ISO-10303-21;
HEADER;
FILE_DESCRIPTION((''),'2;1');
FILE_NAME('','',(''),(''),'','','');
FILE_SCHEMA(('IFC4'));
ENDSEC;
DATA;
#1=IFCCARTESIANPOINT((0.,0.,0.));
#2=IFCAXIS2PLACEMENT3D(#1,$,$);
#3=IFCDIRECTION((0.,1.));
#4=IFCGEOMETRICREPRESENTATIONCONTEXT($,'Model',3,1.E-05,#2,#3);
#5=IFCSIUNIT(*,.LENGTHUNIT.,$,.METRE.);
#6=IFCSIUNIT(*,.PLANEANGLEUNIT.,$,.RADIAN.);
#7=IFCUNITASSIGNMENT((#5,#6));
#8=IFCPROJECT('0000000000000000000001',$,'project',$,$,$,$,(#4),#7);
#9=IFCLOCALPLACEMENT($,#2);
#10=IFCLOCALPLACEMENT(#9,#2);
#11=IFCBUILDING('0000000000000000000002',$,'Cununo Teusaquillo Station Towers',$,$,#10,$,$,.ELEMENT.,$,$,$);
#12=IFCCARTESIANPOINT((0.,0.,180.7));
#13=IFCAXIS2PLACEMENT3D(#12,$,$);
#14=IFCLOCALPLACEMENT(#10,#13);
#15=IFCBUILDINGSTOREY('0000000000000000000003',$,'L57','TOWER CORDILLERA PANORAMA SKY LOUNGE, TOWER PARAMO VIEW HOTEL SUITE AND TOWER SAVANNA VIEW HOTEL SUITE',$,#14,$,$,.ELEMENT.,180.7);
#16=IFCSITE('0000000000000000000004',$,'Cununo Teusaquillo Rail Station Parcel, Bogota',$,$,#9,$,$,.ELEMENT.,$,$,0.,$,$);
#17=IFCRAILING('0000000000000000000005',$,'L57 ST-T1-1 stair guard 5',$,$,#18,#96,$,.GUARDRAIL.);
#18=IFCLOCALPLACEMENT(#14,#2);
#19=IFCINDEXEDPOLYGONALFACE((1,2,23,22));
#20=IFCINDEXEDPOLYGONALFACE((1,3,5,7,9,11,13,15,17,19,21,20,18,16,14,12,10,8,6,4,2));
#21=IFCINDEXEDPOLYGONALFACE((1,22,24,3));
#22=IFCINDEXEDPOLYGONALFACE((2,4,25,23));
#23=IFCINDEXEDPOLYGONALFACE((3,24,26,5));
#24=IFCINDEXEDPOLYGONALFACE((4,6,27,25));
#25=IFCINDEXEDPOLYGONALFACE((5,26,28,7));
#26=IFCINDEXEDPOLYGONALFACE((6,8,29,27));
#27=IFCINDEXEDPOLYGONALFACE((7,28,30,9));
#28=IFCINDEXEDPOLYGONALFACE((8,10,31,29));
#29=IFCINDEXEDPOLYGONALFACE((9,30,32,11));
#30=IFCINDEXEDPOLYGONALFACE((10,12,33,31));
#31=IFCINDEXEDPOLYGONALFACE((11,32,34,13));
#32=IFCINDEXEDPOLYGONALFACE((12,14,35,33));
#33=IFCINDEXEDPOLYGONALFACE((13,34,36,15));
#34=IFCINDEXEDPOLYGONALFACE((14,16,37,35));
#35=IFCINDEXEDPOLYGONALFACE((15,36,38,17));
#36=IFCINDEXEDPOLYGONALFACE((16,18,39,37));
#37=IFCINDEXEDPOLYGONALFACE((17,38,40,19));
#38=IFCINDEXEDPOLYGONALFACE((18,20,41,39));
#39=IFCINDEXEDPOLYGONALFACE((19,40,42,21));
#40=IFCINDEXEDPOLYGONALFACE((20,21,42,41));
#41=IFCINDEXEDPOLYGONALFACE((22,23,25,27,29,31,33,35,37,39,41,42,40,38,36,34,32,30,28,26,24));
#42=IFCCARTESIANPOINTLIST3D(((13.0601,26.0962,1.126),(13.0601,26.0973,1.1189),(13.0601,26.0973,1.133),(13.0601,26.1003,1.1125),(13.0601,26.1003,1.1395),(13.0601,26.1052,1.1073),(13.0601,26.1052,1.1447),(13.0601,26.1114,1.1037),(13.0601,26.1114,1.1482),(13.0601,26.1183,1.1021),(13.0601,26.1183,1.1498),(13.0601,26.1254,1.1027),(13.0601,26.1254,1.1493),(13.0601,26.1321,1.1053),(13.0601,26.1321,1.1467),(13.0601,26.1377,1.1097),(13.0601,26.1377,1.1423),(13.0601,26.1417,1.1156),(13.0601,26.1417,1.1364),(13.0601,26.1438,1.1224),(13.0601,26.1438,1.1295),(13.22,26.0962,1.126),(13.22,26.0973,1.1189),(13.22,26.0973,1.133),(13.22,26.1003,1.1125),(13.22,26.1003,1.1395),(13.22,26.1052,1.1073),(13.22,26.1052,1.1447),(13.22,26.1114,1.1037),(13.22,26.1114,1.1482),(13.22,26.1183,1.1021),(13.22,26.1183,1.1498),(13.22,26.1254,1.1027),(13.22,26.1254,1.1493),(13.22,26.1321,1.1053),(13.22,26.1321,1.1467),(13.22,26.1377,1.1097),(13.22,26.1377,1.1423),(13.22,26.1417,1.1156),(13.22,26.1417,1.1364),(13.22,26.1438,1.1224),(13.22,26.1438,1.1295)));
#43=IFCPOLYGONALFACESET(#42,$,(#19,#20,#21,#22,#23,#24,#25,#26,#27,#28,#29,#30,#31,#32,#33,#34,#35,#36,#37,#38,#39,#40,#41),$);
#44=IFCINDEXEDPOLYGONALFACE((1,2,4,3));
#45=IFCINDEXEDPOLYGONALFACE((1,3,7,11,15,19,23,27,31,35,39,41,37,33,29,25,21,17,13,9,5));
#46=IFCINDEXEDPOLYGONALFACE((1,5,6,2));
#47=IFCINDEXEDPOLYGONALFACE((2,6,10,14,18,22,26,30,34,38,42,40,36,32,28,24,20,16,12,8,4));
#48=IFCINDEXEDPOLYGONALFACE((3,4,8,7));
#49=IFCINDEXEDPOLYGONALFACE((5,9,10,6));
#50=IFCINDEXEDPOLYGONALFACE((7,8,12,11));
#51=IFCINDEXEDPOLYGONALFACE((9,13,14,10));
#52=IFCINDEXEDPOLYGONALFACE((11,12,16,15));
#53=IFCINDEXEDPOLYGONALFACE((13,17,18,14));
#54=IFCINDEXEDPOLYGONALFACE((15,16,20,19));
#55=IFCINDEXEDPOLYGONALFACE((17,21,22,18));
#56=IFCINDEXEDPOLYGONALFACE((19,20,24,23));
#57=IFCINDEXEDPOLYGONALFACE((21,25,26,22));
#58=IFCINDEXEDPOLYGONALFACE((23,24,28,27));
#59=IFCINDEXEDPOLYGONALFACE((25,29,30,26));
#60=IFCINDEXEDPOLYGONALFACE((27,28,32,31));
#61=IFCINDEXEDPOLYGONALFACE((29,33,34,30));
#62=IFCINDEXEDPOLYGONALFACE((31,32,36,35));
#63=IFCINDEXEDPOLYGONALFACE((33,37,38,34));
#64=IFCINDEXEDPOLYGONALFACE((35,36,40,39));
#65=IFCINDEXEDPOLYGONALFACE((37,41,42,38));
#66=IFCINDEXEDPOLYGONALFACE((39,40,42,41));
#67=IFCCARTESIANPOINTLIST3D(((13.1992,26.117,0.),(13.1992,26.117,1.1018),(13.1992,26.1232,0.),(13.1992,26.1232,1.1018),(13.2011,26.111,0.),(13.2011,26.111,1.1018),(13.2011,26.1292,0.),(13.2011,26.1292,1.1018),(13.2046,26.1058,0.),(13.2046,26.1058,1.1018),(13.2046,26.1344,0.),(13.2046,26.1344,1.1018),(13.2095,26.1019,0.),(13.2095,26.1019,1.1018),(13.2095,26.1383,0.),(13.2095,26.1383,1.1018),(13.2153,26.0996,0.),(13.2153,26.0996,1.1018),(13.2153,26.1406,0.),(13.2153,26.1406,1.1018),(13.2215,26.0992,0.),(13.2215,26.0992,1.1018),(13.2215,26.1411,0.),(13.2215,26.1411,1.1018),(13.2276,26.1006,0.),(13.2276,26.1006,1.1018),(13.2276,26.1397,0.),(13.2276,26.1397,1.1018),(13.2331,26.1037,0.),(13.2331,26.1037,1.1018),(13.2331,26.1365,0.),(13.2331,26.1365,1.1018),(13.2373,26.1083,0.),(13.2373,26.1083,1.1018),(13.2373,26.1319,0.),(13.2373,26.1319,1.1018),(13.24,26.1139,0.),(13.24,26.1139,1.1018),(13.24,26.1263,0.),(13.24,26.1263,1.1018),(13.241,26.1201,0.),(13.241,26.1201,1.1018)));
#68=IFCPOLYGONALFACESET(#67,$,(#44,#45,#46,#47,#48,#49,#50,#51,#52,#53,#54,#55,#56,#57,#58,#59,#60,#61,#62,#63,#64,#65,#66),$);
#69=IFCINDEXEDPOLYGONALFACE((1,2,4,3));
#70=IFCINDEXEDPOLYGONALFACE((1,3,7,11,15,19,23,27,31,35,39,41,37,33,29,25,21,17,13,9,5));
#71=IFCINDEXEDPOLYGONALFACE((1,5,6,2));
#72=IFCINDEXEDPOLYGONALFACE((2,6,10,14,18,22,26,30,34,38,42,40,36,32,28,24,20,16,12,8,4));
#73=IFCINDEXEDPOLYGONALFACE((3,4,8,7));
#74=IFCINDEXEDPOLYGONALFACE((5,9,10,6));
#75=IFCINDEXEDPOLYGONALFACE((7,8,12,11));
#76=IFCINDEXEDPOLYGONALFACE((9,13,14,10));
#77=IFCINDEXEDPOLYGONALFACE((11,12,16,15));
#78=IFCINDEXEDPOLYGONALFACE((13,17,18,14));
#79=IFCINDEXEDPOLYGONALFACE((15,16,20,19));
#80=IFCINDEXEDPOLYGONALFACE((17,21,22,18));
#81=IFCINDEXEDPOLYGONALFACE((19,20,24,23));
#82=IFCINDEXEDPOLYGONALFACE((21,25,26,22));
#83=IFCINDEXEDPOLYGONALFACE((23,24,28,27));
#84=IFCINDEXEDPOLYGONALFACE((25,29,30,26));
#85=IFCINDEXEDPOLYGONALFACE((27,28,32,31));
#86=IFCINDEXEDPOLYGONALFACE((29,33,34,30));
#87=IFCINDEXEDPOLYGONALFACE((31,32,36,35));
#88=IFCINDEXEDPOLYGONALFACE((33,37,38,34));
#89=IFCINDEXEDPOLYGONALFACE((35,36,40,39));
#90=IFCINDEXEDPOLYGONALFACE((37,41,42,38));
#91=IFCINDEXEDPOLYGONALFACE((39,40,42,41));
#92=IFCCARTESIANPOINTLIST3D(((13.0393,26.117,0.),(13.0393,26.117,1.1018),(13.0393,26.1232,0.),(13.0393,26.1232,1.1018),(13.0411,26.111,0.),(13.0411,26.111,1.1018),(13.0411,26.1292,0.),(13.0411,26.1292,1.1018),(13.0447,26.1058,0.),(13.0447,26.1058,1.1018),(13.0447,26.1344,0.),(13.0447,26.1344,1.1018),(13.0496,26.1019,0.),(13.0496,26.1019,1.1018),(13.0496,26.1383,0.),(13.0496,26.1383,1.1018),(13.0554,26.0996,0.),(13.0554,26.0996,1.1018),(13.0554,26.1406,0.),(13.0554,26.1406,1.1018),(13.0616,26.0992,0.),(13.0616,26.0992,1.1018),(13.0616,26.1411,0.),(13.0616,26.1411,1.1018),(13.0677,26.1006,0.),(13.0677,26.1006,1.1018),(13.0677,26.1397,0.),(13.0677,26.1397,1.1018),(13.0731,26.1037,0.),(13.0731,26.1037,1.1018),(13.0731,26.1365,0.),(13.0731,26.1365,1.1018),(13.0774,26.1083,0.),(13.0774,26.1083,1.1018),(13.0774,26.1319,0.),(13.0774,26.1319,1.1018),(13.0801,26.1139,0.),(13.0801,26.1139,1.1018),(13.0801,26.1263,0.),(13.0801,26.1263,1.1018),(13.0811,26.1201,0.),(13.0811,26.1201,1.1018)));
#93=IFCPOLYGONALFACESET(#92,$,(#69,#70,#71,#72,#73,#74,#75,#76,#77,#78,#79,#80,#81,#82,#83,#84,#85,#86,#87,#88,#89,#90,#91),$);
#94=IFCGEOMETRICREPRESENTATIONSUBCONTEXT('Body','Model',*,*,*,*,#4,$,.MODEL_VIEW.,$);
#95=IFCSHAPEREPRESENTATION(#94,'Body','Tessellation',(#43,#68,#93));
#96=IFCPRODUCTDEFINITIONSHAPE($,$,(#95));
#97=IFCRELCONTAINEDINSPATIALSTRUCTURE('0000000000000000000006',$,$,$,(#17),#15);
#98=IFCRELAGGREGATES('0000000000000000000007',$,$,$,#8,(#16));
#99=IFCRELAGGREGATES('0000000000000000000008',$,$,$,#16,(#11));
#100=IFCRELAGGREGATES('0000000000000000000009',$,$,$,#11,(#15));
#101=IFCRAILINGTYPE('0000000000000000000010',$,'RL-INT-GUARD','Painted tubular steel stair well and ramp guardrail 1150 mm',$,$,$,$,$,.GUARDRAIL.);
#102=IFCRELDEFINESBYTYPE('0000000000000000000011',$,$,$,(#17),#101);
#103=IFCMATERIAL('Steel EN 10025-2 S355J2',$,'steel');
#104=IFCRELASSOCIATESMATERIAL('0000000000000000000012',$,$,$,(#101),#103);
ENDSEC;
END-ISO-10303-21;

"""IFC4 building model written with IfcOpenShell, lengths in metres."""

from ifc_helpers import new_model, si_unit, direction, frame, origin, origin_2d, place, context, subcontext, project, spatial, circle, extrude, material, type_object, element, save


model = new_model("IFC4")

# Units and contexts
model_context = context("Model", 3, precision=1e-05, world=origin(), true_north=direction((0.0, 1.0)))
body_context = subcontext(model_context, "Body", "Model", "MODEL_VIEW")
ifc_project = project(units=[si_unit("LENGTHUNIT", "METRE"), si_unit("PLANEANGLEUNIT", "RADIAN")], contexts=[model_context])

# Site, building, storey
site_placement = place(None, origin())
site = spatial("IfcSite", under=ifc_project, at=site_placement, Name="Cununo Teusaquillo Rail Station Parcel, Bogota", CompositionType="ELEMENT", RefElevation=0.0)
building_placement = place(site_placement, origin())
building = spatial("IfcBuilding", under=site, at=building_placement, Name="Cununo Teusaquillo Station Towers", CompositionType="ELEMENT")
storey_placement = place(building_placement, frame((0.0, 0.0, 180.7)))
storey = spatial("IfcBuildingStorey", under=building, at=storey_placement, Name="L57", Description="TOWER CORDILLERA PANORAMA SKY LOUNGE, TOWER PARAMO VIEW HOTEL SUITE AND TOWER SAVANNA VIEW HOTEL SUITE", CompositionType="ELEMENT", Elevation=180.7)

# Railing
ifc_material_1 = material(Name="Steel EN 10025-2 S355J2", Category="steel")
railing_type_1 = type_object("IfcRailingType", Name="RL-INT-GUARD", Description="Painted tubular steel stair well and ramp guardrail 1150 mm", PredefinedType="GUARDRAIL", material=ifc_material_1)
railing_1_placement = place(storey_placement, frame((13.22, 26.1201, 0.0)))
element("IfcRailing", 1, at=railing_1_placement, inside=storey, type_object=railing_type_1, Name="L57 ST-T1-1 stair guard 5", PredefinedType="GUARDRAIL", context=body_context, shape_type="SweptSolid", body=[
    extrude(circle(Radius=0.0239, at=origin_2d()), frame((0.0, 0.0, 1.126), z_axis=(-1.0, 0.0, 0.0), x_axis=(0.0, -1.0, 0.0)), (0.0, 0.0, 1.0), 0.1599),
    extrude(circle(Radius=0.021, at=origin_2d()), origin(), (0.0, 0.0, 1.0), 1.1018),
    extrude(circle(Radius=0.021, at=origin_2d()), frame((-0.1599, 0.0, 0.0)), (0.0, 0.0, 1.0), 1.1018),
])

save(model, "model.ifc")
